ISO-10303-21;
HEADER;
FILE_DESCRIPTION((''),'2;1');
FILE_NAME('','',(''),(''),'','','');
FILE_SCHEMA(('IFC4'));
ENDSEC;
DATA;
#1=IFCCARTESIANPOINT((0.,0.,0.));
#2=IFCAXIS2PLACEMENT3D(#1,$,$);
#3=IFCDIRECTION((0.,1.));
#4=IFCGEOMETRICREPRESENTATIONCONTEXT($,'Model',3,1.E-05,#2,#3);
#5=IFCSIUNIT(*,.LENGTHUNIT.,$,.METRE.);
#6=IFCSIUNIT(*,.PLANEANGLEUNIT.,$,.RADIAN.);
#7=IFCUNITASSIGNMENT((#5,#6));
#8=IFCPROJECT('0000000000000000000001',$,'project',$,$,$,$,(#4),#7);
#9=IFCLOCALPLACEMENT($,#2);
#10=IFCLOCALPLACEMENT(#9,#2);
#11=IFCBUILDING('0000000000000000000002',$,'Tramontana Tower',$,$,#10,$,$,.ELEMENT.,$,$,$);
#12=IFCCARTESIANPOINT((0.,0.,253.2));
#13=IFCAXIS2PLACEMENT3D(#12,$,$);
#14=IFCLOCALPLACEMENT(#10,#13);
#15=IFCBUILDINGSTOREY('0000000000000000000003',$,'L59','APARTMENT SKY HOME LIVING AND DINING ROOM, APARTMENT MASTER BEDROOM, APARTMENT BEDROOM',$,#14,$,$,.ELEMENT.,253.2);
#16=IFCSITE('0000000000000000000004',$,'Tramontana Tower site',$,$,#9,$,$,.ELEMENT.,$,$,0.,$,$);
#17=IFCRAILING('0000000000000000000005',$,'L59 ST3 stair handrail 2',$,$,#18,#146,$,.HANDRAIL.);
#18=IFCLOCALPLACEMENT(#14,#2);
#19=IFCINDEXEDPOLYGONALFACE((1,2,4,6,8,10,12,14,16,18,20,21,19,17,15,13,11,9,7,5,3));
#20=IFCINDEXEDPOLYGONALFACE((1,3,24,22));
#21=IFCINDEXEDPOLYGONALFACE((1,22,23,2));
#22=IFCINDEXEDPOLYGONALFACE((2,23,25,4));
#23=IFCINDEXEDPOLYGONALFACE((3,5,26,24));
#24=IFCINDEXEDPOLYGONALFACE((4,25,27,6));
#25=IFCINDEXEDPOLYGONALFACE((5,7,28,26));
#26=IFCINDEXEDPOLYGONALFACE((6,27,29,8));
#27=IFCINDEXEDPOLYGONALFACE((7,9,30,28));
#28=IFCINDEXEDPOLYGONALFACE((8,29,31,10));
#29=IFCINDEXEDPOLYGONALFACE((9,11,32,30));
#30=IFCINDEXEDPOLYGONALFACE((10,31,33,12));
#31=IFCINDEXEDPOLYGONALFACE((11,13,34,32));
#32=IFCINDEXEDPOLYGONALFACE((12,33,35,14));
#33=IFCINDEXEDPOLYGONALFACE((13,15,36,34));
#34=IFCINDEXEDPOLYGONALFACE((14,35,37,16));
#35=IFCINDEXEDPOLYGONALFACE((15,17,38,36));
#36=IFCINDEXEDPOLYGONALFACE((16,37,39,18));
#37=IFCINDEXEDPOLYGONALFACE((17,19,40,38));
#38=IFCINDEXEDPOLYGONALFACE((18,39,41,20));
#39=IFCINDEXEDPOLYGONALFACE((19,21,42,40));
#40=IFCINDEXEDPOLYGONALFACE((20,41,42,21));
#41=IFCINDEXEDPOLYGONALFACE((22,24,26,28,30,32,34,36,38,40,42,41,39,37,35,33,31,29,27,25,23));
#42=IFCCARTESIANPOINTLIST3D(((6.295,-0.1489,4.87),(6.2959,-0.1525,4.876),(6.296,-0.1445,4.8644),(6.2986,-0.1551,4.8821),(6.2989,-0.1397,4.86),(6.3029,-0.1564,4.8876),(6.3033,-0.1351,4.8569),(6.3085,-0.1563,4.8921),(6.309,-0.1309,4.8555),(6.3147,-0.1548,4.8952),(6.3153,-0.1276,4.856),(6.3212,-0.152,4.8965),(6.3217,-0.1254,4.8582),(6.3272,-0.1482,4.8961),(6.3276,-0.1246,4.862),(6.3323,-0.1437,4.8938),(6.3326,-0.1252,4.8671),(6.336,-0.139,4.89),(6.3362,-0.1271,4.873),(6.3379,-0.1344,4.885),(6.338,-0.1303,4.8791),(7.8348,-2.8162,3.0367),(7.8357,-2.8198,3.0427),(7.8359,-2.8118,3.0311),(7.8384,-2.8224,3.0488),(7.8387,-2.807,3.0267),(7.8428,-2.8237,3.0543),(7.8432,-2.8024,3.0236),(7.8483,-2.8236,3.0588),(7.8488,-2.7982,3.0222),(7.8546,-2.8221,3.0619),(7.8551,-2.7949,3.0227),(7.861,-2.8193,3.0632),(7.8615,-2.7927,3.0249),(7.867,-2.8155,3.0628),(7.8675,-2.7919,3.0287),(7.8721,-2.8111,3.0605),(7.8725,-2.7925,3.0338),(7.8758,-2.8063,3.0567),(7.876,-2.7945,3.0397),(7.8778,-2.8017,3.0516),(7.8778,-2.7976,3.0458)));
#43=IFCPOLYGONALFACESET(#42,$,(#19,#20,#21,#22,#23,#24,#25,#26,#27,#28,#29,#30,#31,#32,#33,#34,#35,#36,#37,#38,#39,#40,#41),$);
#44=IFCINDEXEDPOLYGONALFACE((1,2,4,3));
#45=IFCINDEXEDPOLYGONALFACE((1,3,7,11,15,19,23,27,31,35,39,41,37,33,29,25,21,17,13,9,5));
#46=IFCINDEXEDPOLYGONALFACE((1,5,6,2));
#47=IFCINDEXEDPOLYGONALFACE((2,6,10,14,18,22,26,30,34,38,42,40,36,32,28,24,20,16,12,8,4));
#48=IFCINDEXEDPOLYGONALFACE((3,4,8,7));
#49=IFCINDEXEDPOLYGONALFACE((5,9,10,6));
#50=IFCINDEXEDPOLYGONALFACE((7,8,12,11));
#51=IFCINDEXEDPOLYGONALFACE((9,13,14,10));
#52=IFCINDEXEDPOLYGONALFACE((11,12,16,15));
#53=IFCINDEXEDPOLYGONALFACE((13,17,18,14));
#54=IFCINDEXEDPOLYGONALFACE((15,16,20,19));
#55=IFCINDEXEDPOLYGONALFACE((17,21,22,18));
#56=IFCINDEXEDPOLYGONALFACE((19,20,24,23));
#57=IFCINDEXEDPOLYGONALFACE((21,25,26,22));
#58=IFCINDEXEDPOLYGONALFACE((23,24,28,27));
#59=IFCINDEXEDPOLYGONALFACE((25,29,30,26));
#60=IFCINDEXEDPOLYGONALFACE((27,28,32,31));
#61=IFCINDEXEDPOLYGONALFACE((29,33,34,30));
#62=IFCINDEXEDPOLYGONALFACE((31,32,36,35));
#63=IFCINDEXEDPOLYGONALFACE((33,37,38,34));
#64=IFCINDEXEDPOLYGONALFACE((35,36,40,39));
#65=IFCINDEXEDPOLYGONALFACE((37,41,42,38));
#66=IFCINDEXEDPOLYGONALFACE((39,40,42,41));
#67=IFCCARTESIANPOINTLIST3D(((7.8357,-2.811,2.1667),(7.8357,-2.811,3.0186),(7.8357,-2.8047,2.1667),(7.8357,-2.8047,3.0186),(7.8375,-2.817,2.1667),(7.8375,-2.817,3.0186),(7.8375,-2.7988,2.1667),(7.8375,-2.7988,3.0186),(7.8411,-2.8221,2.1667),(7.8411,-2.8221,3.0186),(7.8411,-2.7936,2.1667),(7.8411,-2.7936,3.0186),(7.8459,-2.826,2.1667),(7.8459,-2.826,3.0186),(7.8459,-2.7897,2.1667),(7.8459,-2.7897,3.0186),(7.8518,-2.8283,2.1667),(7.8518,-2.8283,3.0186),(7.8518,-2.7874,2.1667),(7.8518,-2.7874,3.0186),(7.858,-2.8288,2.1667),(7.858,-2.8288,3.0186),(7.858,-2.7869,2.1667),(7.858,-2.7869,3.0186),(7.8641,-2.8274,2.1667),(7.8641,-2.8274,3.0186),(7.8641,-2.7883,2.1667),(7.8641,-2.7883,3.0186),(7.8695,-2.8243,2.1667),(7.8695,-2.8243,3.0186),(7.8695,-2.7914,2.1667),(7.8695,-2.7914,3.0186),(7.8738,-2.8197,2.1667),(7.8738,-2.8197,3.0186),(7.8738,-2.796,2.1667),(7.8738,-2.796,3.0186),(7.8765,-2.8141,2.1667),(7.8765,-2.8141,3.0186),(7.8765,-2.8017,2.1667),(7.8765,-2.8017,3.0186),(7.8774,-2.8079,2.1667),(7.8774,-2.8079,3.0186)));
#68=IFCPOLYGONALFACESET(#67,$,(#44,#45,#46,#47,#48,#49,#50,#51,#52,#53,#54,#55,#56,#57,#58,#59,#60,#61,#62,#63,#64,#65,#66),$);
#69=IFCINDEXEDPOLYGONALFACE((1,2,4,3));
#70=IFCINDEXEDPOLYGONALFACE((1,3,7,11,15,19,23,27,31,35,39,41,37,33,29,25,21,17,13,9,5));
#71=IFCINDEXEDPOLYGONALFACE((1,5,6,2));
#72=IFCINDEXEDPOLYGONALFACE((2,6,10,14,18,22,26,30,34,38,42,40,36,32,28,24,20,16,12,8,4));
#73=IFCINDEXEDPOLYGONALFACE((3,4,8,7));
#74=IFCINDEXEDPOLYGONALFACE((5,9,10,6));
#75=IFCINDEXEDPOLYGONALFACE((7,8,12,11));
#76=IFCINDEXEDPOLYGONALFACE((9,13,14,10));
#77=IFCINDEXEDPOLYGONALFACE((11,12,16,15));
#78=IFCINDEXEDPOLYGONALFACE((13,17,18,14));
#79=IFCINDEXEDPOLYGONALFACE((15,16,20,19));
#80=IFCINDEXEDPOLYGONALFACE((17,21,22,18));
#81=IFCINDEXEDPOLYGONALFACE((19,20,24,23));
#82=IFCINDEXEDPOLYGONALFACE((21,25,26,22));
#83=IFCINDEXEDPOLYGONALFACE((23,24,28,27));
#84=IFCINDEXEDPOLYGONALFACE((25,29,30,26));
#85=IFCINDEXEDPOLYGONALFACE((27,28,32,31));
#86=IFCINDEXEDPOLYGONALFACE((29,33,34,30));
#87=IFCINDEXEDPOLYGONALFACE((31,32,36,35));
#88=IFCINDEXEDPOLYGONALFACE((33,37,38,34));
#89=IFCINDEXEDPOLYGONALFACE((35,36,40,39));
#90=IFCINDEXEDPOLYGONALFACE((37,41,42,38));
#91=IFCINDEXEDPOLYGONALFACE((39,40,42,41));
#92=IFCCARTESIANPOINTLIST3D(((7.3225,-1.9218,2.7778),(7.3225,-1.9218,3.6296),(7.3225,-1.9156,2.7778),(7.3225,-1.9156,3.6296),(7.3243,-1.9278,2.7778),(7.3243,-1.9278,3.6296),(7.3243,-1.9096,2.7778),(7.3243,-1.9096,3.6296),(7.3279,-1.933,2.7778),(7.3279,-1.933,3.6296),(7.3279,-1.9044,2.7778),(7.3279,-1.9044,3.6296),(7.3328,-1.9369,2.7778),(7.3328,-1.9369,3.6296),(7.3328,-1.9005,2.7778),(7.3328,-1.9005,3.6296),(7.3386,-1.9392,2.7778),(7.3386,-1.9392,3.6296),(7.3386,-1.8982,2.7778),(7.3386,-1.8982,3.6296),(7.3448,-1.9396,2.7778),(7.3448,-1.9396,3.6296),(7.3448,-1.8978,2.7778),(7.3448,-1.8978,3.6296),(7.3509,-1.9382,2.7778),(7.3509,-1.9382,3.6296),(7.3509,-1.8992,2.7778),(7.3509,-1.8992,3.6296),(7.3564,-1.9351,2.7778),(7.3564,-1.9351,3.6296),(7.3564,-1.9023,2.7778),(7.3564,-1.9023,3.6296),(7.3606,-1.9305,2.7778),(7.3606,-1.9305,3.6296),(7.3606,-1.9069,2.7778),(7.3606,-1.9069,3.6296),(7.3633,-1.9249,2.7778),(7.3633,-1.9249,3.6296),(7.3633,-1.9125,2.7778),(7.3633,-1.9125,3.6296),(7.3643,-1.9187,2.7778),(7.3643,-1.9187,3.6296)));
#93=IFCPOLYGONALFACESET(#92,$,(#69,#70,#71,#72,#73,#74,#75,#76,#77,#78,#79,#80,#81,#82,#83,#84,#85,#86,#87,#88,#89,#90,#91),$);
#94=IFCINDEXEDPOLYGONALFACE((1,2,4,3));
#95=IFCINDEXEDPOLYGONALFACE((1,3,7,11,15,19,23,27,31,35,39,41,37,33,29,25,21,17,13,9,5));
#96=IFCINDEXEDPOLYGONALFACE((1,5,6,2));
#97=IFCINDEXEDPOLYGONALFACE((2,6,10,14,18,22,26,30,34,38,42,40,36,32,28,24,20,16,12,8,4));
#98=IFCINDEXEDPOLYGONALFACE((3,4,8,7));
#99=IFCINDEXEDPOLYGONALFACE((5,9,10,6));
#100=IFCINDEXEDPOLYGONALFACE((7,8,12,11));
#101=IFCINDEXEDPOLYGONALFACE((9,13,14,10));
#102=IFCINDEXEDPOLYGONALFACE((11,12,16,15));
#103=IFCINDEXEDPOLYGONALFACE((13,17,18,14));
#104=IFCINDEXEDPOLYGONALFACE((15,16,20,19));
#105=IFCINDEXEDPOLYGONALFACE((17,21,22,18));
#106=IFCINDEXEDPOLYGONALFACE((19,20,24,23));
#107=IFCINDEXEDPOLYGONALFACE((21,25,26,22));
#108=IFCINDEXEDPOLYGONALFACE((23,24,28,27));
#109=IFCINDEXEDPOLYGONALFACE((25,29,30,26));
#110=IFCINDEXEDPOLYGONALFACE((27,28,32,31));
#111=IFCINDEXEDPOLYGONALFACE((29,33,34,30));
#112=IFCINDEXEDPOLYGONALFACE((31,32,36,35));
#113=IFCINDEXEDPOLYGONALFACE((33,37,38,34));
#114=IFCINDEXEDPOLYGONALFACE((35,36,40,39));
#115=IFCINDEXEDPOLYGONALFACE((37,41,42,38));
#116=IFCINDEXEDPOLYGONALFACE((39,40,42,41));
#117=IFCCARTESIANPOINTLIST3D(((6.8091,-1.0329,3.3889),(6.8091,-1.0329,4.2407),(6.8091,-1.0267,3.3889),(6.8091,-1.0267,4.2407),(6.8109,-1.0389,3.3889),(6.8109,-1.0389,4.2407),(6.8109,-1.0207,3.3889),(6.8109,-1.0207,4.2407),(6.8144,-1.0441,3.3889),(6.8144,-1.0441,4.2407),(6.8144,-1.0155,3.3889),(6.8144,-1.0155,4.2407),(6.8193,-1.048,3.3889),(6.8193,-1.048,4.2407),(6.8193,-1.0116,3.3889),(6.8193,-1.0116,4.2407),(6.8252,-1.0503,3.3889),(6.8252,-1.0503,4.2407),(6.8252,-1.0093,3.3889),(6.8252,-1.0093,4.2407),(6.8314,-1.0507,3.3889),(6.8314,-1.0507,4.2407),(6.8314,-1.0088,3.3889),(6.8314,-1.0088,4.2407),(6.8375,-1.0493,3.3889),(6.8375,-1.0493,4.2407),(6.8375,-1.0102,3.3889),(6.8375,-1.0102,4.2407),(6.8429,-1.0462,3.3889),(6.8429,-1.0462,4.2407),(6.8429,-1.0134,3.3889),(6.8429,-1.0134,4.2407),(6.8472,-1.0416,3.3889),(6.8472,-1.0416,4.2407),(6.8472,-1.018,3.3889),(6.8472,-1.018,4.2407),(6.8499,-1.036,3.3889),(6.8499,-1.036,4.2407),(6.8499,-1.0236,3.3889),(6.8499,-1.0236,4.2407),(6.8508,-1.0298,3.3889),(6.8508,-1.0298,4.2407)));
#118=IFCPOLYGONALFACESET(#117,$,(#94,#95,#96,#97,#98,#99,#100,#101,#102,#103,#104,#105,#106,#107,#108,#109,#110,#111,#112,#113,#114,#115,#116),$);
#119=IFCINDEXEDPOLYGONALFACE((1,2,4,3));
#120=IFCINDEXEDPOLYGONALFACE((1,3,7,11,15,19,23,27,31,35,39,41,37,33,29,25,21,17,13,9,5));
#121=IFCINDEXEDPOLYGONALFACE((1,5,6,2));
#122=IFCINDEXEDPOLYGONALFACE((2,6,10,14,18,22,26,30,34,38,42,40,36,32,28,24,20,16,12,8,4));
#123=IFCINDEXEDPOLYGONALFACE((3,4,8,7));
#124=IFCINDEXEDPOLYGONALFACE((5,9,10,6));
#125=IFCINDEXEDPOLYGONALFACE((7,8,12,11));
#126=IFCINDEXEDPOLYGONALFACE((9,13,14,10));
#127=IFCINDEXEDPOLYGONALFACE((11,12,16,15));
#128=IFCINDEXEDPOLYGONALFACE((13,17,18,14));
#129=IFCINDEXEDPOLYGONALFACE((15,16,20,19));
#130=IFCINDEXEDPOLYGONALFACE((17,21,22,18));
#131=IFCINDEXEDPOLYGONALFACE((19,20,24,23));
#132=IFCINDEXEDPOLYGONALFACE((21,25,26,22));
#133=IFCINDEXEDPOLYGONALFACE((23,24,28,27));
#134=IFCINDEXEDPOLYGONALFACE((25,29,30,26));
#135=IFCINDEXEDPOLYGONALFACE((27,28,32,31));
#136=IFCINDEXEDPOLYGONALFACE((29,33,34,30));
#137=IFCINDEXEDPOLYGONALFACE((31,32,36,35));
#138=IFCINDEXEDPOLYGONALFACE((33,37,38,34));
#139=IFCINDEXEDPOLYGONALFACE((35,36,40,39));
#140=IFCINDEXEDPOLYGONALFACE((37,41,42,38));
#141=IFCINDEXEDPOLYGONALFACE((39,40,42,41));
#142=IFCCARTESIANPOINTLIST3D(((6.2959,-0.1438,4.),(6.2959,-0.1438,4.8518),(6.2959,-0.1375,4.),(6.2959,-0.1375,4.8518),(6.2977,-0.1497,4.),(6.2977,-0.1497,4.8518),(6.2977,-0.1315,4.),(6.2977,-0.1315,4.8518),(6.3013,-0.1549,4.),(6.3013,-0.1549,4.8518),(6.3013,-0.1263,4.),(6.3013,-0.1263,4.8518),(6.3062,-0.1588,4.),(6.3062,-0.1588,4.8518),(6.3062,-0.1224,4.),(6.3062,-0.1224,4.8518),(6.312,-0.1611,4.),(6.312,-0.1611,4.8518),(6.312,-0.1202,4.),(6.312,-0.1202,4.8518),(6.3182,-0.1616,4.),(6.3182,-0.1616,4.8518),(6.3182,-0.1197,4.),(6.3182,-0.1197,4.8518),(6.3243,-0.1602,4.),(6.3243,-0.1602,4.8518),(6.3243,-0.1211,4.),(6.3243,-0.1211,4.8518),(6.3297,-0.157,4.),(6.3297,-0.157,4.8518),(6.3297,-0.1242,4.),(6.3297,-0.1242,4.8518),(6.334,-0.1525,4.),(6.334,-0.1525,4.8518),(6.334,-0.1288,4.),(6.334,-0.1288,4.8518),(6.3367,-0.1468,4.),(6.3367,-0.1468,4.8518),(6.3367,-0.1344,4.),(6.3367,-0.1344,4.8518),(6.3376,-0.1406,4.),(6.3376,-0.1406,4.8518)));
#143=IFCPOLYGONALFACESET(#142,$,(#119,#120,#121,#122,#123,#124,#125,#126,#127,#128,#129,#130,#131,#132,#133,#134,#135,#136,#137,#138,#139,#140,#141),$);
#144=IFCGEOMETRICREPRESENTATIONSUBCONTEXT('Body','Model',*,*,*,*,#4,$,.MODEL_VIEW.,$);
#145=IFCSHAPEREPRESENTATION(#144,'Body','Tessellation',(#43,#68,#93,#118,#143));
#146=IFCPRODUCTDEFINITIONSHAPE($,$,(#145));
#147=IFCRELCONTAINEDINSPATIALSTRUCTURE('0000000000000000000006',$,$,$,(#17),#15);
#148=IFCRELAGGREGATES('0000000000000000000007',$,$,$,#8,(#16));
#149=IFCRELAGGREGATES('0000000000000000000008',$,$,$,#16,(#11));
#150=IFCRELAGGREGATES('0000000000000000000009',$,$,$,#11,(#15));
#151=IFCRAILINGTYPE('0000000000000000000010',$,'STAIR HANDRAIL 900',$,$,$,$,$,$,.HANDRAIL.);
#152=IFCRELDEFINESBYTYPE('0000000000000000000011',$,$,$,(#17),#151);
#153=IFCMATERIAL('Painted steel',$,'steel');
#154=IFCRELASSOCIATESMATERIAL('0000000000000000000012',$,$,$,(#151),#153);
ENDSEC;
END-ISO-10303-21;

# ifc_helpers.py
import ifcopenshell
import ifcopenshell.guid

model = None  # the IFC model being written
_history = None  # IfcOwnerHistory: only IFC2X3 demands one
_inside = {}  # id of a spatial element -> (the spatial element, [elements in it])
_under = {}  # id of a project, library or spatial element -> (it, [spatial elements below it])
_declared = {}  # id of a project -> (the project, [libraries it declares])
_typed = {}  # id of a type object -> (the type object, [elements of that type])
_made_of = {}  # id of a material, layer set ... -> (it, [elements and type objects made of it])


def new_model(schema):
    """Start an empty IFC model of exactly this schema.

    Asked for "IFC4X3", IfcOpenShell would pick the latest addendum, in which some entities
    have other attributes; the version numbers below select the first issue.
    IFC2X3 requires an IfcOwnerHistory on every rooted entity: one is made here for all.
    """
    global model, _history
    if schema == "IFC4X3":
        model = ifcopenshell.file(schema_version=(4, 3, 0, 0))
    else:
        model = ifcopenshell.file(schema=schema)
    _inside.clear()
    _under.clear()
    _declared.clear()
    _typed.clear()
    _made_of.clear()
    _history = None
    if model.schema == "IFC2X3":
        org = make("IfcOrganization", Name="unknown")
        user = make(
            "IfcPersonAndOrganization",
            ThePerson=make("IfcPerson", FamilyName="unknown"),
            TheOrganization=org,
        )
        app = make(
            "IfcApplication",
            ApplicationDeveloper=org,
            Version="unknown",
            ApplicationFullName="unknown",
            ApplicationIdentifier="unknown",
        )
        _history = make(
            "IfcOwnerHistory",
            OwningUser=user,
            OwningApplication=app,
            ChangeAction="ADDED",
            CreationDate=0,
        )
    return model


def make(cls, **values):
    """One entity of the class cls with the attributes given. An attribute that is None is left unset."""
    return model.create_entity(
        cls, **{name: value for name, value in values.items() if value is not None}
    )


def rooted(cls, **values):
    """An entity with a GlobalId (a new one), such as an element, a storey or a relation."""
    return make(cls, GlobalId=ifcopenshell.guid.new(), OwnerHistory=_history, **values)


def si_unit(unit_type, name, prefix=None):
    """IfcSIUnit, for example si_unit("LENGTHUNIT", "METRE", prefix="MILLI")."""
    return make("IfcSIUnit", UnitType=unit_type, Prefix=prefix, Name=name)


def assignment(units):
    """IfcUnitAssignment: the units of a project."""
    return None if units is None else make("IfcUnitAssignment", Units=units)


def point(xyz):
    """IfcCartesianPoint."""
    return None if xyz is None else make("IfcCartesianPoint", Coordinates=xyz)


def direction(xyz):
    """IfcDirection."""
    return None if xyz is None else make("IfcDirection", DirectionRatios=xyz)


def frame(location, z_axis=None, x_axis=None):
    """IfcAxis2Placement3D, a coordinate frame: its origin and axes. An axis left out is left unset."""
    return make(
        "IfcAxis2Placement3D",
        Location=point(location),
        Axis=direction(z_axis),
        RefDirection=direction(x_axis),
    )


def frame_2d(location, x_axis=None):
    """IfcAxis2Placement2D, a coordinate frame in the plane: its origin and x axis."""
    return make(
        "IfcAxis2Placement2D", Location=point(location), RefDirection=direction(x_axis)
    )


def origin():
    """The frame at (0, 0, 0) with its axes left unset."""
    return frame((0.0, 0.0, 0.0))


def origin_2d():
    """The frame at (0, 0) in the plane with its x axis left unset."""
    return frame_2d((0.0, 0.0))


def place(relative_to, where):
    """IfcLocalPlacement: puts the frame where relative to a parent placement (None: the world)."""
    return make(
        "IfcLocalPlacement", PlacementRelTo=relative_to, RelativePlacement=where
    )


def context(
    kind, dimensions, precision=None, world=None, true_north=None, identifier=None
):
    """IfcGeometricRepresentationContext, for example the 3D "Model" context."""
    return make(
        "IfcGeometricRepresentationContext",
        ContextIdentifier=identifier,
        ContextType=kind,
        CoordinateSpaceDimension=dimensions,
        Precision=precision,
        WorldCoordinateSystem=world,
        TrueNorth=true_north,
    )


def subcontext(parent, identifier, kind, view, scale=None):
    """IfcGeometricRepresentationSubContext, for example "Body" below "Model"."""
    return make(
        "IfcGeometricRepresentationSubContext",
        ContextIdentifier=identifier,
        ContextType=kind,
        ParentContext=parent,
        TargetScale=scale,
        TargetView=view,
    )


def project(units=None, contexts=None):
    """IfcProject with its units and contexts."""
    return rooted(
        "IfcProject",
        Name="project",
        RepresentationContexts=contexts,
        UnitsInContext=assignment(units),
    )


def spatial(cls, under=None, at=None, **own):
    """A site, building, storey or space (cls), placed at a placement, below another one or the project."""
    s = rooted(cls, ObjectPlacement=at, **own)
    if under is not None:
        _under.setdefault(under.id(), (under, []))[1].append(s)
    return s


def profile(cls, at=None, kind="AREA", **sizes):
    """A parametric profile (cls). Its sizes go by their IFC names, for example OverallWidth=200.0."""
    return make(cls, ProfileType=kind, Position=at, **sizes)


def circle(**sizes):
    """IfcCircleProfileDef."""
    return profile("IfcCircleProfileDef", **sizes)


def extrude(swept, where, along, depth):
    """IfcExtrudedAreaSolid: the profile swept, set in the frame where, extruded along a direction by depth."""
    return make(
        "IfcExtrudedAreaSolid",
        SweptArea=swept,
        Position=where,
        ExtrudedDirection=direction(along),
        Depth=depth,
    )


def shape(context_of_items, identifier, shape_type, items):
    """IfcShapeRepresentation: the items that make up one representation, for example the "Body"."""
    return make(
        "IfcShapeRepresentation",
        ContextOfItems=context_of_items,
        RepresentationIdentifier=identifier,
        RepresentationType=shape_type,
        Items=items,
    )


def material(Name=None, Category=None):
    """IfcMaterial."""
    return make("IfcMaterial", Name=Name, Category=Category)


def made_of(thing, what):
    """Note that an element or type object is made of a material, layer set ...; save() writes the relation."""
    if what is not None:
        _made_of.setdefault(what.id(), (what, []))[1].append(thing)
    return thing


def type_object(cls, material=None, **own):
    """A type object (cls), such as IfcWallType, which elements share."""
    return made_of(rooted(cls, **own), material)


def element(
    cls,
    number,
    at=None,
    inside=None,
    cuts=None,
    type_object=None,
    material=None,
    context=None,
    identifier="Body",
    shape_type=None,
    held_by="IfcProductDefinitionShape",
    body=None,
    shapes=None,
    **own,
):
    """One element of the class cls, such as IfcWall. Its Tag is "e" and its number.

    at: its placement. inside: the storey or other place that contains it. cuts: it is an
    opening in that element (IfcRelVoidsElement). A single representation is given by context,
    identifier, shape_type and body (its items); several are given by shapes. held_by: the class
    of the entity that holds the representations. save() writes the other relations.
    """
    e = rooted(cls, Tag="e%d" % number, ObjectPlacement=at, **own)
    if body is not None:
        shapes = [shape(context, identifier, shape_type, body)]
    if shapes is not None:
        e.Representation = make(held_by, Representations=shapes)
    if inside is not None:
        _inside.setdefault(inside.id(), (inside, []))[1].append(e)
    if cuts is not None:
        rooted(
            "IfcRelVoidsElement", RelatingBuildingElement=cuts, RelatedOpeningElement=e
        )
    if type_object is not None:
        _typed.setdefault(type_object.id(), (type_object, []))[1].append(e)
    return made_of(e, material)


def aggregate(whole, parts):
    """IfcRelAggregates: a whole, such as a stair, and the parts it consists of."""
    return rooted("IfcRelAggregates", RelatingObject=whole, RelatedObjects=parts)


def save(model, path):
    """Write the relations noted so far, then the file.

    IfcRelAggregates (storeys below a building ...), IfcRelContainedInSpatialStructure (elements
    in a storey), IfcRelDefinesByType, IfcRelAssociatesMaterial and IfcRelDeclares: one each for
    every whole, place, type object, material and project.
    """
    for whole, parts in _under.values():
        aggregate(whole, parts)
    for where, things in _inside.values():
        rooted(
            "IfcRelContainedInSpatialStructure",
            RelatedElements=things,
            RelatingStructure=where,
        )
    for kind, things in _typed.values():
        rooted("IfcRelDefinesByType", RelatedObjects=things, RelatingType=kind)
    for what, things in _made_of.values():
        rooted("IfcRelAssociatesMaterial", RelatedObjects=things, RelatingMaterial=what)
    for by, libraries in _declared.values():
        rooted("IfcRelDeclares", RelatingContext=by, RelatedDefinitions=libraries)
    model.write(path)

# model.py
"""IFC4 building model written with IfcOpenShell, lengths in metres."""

from ifc_helpers import new_model, si_unit, direction, frame, origin, origin_2d, place, context, subcontext, project, spatial, circle, extrude, material, type_object, element, save


model = new_model("IFC4")

# Units and contexts
model_context = context("Model", 3, precision=1e-05, world=origin(), true_north=direction((0.0, 1.0)))
body_context = subcontext(model_context, "Body", "Model", "MODEL_VIEW")
ifc_project = project(units=[si_unit("LENGTHUNIT", "METRE"), si_unit("PLANEANGLEUNIT", "RADIAN")], contexts=[model_context])

# Site, building, storey
site_placement = place(None, origin())
site = spatial("IfcSite", under=ifc_project, at=site_placement, Name="Tramontana Tower site", CompositionType="ELEMENT", RefElevation=0.0)
building_placement = place(site_placement, origin())
building = spatial("IfcBuilding", under=site, at=building_placement, Name="Tramontana Tower", CompositionType="ELEMENT")
storey_placement = place(building_placement, frame((0.0, 0.0, 253.2)))
storey = spatial("IfcBuildingStorey", under=building, at=storey_placement, Name="L59", Description="APARTMENT SKY HOME LIVING AND DINING ROOM, APARTMENT MASTER BEDROOM, APARTMENT BEDROOM", CompositionType="ELEMENT", Elevation=253.2)

# Railing
ifc_material_1 = material(Name="Painted steel", Category="steel")
railing_type_1 = type_object("IfcRailingType", Name="STAIR HANDRAIL 900", PredefinedType="HANDRAIL", material=ifc_material_1)
railing_1_placement = place(storey_placement, frame((7.8564, -2.8079, 2.1667)))
element("IfcRailing", 1, at=railing_1_placement, inside=storey, type_object=railing_type_1, Name="L59 ST3 stair handrail 2", PredefinedType="HANDRAIL", context=body_context, shape_type="SweptSolid", body=[
    extrude(circle(Radius=0.0239, at=origin_2d()), frame((0.0, 0.0, 0.876), z_axis=(-0.429616, 0.744181, 0.511493), x_axis=(-0.866044, -0.499967, 0.0)), (0.0, 0.0, 1.0), 3.5842),
    extrude(circle(Radius=0.021, at=origin_2d()), origin(), (0.0, 0.0, 1.0), 0.8518),
    extrude(circle(Radius=0.021, at=origin_2d()), frame((-0.5132, 0.8892, 0.6111)), (0.0, 0.0, 1.0), 0.8518),
    extrude(circle(Radius=0.021, at=origin_2d()), frame((-1.0266, 1.7781, 1.2222)), (0.0, 0.0, 1.0), 0.8518),
    extrude(circle(Radius=0.021, at=origin_2d()), frame((-1.5398, 2.6672, 1.8333)), (0.0, 0.0, 1.0), 0.8518),
])

save(model, "model.ifc")
